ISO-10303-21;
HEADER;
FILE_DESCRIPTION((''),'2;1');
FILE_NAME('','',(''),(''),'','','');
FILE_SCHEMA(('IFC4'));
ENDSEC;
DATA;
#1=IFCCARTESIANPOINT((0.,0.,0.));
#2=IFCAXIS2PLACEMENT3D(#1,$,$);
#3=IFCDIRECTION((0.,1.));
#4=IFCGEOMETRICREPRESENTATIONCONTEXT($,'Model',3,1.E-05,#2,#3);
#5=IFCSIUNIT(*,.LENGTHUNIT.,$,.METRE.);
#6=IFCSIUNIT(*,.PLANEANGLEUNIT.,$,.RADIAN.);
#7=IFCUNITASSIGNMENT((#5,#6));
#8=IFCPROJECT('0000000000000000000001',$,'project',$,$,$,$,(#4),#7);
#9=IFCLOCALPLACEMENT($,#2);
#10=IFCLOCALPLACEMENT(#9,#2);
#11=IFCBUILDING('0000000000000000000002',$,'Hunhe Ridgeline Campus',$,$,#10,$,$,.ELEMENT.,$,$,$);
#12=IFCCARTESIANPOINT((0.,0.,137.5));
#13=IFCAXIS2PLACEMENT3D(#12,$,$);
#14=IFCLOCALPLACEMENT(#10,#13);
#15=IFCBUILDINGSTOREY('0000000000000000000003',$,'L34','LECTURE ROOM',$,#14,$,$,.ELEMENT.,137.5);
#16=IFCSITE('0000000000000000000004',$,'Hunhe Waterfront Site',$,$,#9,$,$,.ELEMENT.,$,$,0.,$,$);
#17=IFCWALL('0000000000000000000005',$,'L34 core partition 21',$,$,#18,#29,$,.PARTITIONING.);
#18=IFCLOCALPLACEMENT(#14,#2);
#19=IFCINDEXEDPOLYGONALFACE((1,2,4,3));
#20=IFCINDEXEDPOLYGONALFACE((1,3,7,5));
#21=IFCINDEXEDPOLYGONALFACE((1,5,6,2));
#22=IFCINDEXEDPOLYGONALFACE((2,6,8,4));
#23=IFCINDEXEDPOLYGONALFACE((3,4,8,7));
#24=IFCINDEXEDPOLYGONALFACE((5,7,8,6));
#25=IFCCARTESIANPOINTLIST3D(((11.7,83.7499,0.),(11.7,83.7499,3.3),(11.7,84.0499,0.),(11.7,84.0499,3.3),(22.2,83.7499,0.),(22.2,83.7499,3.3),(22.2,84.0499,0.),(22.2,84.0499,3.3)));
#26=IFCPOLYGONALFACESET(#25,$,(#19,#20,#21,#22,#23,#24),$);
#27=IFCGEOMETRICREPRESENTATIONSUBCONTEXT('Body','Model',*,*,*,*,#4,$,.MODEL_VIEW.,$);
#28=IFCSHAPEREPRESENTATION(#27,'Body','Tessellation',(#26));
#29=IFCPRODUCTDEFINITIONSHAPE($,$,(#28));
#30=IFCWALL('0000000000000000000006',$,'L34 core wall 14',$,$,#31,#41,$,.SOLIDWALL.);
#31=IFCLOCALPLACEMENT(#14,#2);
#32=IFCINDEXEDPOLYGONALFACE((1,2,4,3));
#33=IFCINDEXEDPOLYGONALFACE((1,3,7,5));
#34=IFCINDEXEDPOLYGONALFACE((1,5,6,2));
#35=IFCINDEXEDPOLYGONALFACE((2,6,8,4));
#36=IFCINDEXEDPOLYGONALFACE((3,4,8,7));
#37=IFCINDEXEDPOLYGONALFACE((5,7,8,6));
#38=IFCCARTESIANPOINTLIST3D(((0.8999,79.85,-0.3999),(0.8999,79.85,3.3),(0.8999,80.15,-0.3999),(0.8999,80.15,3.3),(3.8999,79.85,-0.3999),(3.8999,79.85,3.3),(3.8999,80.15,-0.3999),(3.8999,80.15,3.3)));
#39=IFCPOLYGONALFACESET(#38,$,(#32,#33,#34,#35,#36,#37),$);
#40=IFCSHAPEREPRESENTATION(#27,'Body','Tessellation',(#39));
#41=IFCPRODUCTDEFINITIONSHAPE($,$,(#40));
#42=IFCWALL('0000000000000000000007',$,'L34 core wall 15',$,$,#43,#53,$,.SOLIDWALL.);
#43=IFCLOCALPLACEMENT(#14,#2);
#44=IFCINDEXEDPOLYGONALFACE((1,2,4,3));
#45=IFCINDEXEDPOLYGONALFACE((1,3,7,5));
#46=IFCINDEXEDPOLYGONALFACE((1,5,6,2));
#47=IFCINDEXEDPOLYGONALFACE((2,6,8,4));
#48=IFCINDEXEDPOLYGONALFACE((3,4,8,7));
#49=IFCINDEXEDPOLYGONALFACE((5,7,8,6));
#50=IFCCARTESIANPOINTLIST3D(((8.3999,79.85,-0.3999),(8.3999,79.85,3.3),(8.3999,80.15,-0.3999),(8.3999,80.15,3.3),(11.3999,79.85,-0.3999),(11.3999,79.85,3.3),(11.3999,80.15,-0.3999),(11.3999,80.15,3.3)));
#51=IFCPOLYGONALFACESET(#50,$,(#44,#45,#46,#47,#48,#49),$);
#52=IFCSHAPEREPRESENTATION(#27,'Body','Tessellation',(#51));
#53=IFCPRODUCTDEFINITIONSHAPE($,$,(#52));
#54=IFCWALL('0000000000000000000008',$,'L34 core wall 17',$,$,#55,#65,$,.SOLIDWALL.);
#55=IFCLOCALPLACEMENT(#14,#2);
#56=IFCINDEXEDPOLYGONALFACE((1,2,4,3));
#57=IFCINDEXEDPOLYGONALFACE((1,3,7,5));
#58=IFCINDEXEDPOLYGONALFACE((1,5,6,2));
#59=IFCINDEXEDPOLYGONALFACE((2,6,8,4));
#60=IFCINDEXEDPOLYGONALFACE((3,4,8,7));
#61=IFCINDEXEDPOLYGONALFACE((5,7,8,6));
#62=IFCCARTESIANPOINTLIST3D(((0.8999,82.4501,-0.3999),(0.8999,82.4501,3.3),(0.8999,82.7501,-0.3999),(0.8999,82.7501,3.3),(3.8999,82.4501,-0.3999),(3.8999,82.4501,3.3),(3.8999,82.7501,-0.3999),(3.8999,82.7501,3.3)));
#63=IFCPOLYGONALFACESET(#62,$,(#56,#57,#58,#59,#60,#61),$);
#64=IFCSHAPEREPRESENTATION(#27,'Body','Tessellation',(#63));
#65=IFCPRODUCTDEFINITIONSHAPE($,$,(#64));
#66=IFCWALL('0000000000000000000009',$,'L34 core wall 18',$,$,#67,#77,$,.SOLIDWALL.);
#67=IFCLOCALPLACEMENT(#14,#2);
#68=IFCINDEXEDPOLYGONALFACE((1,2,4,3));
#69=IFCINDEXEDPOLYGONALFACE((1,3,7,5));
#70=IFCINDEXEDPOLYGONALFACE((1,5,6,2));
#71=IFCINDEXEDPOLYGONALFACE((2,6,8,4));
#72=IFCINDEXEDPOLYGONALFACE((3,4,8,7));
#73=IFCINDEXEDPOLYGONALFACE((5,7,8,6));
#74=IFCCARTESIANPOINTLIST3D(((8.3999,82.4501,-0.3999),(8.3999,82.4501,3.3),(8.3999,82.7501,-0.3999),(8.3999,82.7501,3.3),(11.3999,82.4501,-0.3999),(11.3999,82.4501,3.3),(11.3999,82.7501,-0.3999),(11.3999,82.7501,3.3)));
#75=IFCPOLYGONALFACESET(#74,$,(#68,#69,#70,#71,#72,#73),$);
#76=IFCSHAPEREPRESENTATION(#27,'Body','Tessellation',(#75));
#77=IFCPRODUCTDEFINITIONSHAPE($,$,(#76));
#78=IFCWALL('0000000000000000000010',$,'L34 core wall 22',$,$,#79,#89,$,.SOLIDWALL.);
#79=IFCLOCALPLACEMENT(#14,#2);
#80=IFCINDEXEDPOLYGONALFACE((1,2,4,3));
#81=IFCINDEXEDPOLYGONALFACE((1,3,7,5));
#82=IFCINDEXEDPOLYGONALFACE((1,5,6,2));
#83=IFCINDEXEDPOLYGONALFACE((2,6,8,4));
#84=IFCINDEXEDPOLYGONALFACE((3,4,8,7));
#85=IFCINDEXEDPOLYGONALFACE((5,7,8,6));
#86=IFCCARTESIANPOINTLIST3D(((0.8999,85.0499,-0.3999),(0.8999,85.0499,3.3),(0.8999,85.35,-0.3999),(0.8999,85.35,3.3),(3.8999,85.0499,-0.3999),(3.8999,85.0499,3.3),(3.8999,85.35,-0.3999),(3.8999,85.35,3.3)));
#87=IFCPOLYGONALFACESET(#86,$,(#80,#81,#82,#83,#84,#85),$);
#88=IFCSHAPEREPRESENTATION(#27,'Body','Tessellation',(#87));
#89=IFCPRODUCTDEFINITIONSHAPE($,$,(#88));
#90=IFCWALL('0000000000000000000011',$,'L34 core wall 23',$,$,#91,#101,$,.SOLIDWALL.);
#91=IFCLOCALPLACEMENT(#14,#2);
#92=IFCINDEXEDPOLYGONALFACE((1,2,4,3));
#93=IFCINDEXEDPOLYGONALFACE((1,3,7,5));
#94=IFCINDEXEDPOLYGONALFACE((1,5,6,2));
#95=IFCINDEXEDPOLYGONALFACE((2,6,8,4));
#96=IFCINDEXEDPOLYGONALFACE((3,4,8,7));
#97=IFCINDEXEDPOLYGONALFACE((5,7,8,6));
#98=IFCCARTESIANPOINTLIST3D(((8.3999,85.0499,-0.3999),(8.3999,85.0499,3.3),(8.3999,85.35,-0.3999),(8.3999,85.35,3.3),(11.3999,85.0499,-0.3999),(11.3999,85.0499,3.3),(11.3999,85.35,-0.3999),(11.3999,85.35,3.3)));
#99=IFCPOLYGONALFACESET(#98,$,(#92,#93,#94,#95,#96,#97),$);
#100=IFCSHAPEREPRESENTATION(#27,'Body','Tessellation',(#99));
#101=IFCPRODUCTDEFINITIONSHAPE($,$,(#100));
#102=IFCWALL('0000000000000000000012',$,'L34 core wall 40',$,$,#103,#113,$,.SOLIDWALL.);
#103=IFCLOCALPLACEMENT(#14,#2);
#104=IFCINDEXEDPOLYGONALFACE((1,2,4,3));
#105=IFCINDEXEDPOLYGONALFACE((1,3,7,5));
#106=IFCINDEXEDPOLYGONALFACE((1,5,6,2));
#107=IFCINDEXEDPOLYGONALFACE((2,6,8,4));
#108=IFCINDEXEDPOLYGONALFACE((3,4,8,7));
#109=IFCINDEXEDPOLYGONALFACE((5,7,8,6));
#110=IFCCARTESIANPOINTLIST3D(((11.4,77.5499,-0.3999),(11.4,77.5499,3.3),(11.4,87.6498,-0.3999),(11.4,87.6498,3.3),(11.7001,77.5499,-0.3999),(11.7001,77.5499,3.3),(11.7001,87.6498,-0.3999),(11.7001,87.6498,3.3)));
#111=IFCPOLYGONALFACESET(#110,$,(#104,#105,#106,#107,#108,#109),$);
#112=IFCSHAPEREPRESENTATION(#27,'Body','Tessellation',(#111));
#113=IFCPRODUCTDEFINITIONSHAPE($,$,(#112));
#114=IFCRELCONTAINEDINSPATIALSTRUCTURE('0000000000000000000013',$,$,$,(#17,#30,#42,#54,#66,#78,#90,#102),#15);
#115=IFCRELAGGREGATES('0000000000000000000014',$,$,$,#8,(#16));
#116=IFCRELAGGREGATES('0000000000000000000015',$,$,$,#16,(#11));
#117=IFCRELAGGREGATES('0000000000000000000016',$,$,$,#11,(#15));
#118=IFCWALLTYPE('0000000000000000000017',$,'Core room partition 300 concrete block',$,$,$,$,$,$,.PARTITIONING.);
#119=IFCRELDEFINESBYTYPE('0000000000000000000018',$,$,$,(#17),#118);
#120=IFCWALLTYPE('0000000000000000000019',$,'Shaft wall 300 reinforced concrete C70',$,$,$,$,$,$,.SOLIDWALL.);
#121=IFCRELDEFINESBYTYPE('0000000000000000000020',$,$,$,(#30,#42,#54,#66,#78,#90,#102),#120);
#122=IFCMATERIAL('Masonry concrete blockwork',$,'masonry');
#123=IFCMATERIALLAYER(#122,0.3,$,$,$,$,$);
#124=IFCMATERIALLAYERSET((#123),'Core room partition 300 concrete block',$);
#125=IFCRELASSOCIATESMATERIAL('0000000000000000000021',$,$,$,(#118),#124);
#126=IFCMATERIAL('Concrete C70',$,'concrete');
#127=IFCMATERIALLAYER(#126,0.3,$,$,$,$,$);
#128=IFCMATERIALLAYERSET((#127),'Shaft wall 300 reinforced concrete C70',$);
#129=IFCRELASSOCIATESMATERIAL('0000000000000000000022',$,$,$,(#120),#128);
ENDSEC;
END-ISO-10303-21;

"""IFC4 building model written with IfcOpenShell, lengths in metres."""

from ifc_helpers import new_model, si_unit, direction, frame, frame_2d, origin, place, context, subcontext, project, spatial, rectangle, extrude, material, layer, layer_set, type_object, element, save


model = new_model("IFC4")

# Units and contexts
model_context = context("Model", 3, precision=1e-05, world=origin(), true_north=direction((0.0, 1.0)))
body_context = subcontext(model_context, "Body", "Model", "MODEL_VIEW")
ifc_project = project(units=[si_unit("LENGTHUNIT", "METRE"), si_unit("PLANEANGLEUNIT", "RADIAN")], contexts=[model_context])

# Site, building, storey
site_placement = place(None, origin())
site = spatial("IfcSite", under=ifc_project, at=site_placement, Name="Hunhe Waterfront Site", CompositionType="ELEMENT", RefElevation=0.0)
building_placement = place(site_placement, origin())
building = spatial("IfcBuilding", under=site, at=building_placement, Name="Hunhe Ridgeline Campus", CompositionType="ELEMENT")
storey_placement = place(building_placement, frame((0.0, 0.0, 137.5)))
storey = spatial("IfcBuildingStorey", under=building, at=storey_placement, Name="L34", Description="LECTURE ROOM", CompositionType="ELEMENT", Elevation=137.5)

# Shared definitions
ifc_material_1 = material(Name="Masonry concrete blockwork", Category="masonry")
ifc_layer_1 = layer(ifc_material_1, 0.3)
ifc_layer_set_1 = layer_set([ifc_layer_1], Name="Core room partition 300 concrete block")
wall_type_1 = type_object("IfcWallType", Name="Core room partition 300 concrete block", PredefinedType="PARTITIONING", material=ifc_layer_set_1)

# Wall
wall_1_placement = place(storey_placement, frame((11.7, 83.8999, 0.0), z_axis=(0.0, 0.0, 1.0), x_axis=(1.0, 0.0, 0.0)))
element("IfcWall", 1, at=wall_1_placement, inside=storey, type_object=wall_type_1, Name="L34 core partition 21", PredefinedType="PARTITIONING", context=body_context, shape_type="SweptSolid", body=[
    extrude(rectangle(XDim=10.5, YDim=0.3, at=frame_2d((5.25, 0.0))), origin(), (0.0, 0.0, 1.0), 3.3),
])

# Shared definitions
ifc_material_2 = material(Name="Concrete C70", Category="concrete")
ifc_layer_2 = layer(ifc_material_2, 0.3)
ifc_layer_set_2 = layer_set([ifc_layer_2], Name="Shaft wall 300 reinforced concrete C70")
wall_type_2 = type_object("IfcWallType", Name="Shaft wall 300 reinforced concrete C70", PredefinedType="SOLIDWALL", material=ifc_layer_set_2)

# Walls
for number, where, z_axis, x_axis, name in (
    (2, (0.8999, 80.0, -0.3999), (0.0, 0.0, 1.0), (1.0, 0.0, 0.0), "L34 core wall 14"),
    (3, (8.3999, 80.0, -0.3999), (0.0, 0.0, 1.0), (1.0, 0.0, 0.0), "L34 core wall 15"),
    (4, (0.8999, 82.6001, -0.3999), (0.0, 0.0, 1.0), (1.0, 0.0, 0.0), "L34 core wall 17"),
    (5, (8.3999, 82.6001, -0.3999), (0.0, 0.0, 1.0), (1.0, 0.0, 0.0), "L34 core wall 18"),
    (6, (0.8999, 85.2, -0.3999), (0.0, 0.0, 1.0), (1.0, 0.0, 0.0), "L34 core wall 22"),
    (7, (8.3999, 85.2, -0.3999), (0.0, 0.0, 1.0), (1.0, 0.0, 0.0), "L34 core wall 23"),
):
    element("IfcWall", number, at=place(storey_placement, frame(where, z_axis=z_axis, x_axis=x_axis)), inside=storey, type_object=wall_type_2, Name=name, PredefinedType="SOLIDWALL", context=body_context, shape_type="SweptSolid", body=[
        extrude(rectangle(XDim=3.0, YDim=0.3, at=frame_2d((1.5, 0.0))), origin(), (0.0, 0.0, 1.0), 3.7),
    ])

# Wall
wall_2_placement = place(storey_placement, frame((11.55, 77.55, -0.3999), z_axis=(0.0, 0.0, 1.0), x_axis=(0.0, 1.0, 0.0)))
element("IfcWall", 8, at=wall_2_placement, inside=storey, type_object=wall_type_2, Name="L34 core wall 40", PredefinedType="SOLIDWALL", context=body_context, shape_type="SweptSolid", body=[
    extrude(rectangle(XDim=10.0999, YDim=0.3, at=frame_2d((5.0498, 0.0))), origin(), (0.0, 0.0, 1.0), 3.7),
])

save(model, "model.ifc")
